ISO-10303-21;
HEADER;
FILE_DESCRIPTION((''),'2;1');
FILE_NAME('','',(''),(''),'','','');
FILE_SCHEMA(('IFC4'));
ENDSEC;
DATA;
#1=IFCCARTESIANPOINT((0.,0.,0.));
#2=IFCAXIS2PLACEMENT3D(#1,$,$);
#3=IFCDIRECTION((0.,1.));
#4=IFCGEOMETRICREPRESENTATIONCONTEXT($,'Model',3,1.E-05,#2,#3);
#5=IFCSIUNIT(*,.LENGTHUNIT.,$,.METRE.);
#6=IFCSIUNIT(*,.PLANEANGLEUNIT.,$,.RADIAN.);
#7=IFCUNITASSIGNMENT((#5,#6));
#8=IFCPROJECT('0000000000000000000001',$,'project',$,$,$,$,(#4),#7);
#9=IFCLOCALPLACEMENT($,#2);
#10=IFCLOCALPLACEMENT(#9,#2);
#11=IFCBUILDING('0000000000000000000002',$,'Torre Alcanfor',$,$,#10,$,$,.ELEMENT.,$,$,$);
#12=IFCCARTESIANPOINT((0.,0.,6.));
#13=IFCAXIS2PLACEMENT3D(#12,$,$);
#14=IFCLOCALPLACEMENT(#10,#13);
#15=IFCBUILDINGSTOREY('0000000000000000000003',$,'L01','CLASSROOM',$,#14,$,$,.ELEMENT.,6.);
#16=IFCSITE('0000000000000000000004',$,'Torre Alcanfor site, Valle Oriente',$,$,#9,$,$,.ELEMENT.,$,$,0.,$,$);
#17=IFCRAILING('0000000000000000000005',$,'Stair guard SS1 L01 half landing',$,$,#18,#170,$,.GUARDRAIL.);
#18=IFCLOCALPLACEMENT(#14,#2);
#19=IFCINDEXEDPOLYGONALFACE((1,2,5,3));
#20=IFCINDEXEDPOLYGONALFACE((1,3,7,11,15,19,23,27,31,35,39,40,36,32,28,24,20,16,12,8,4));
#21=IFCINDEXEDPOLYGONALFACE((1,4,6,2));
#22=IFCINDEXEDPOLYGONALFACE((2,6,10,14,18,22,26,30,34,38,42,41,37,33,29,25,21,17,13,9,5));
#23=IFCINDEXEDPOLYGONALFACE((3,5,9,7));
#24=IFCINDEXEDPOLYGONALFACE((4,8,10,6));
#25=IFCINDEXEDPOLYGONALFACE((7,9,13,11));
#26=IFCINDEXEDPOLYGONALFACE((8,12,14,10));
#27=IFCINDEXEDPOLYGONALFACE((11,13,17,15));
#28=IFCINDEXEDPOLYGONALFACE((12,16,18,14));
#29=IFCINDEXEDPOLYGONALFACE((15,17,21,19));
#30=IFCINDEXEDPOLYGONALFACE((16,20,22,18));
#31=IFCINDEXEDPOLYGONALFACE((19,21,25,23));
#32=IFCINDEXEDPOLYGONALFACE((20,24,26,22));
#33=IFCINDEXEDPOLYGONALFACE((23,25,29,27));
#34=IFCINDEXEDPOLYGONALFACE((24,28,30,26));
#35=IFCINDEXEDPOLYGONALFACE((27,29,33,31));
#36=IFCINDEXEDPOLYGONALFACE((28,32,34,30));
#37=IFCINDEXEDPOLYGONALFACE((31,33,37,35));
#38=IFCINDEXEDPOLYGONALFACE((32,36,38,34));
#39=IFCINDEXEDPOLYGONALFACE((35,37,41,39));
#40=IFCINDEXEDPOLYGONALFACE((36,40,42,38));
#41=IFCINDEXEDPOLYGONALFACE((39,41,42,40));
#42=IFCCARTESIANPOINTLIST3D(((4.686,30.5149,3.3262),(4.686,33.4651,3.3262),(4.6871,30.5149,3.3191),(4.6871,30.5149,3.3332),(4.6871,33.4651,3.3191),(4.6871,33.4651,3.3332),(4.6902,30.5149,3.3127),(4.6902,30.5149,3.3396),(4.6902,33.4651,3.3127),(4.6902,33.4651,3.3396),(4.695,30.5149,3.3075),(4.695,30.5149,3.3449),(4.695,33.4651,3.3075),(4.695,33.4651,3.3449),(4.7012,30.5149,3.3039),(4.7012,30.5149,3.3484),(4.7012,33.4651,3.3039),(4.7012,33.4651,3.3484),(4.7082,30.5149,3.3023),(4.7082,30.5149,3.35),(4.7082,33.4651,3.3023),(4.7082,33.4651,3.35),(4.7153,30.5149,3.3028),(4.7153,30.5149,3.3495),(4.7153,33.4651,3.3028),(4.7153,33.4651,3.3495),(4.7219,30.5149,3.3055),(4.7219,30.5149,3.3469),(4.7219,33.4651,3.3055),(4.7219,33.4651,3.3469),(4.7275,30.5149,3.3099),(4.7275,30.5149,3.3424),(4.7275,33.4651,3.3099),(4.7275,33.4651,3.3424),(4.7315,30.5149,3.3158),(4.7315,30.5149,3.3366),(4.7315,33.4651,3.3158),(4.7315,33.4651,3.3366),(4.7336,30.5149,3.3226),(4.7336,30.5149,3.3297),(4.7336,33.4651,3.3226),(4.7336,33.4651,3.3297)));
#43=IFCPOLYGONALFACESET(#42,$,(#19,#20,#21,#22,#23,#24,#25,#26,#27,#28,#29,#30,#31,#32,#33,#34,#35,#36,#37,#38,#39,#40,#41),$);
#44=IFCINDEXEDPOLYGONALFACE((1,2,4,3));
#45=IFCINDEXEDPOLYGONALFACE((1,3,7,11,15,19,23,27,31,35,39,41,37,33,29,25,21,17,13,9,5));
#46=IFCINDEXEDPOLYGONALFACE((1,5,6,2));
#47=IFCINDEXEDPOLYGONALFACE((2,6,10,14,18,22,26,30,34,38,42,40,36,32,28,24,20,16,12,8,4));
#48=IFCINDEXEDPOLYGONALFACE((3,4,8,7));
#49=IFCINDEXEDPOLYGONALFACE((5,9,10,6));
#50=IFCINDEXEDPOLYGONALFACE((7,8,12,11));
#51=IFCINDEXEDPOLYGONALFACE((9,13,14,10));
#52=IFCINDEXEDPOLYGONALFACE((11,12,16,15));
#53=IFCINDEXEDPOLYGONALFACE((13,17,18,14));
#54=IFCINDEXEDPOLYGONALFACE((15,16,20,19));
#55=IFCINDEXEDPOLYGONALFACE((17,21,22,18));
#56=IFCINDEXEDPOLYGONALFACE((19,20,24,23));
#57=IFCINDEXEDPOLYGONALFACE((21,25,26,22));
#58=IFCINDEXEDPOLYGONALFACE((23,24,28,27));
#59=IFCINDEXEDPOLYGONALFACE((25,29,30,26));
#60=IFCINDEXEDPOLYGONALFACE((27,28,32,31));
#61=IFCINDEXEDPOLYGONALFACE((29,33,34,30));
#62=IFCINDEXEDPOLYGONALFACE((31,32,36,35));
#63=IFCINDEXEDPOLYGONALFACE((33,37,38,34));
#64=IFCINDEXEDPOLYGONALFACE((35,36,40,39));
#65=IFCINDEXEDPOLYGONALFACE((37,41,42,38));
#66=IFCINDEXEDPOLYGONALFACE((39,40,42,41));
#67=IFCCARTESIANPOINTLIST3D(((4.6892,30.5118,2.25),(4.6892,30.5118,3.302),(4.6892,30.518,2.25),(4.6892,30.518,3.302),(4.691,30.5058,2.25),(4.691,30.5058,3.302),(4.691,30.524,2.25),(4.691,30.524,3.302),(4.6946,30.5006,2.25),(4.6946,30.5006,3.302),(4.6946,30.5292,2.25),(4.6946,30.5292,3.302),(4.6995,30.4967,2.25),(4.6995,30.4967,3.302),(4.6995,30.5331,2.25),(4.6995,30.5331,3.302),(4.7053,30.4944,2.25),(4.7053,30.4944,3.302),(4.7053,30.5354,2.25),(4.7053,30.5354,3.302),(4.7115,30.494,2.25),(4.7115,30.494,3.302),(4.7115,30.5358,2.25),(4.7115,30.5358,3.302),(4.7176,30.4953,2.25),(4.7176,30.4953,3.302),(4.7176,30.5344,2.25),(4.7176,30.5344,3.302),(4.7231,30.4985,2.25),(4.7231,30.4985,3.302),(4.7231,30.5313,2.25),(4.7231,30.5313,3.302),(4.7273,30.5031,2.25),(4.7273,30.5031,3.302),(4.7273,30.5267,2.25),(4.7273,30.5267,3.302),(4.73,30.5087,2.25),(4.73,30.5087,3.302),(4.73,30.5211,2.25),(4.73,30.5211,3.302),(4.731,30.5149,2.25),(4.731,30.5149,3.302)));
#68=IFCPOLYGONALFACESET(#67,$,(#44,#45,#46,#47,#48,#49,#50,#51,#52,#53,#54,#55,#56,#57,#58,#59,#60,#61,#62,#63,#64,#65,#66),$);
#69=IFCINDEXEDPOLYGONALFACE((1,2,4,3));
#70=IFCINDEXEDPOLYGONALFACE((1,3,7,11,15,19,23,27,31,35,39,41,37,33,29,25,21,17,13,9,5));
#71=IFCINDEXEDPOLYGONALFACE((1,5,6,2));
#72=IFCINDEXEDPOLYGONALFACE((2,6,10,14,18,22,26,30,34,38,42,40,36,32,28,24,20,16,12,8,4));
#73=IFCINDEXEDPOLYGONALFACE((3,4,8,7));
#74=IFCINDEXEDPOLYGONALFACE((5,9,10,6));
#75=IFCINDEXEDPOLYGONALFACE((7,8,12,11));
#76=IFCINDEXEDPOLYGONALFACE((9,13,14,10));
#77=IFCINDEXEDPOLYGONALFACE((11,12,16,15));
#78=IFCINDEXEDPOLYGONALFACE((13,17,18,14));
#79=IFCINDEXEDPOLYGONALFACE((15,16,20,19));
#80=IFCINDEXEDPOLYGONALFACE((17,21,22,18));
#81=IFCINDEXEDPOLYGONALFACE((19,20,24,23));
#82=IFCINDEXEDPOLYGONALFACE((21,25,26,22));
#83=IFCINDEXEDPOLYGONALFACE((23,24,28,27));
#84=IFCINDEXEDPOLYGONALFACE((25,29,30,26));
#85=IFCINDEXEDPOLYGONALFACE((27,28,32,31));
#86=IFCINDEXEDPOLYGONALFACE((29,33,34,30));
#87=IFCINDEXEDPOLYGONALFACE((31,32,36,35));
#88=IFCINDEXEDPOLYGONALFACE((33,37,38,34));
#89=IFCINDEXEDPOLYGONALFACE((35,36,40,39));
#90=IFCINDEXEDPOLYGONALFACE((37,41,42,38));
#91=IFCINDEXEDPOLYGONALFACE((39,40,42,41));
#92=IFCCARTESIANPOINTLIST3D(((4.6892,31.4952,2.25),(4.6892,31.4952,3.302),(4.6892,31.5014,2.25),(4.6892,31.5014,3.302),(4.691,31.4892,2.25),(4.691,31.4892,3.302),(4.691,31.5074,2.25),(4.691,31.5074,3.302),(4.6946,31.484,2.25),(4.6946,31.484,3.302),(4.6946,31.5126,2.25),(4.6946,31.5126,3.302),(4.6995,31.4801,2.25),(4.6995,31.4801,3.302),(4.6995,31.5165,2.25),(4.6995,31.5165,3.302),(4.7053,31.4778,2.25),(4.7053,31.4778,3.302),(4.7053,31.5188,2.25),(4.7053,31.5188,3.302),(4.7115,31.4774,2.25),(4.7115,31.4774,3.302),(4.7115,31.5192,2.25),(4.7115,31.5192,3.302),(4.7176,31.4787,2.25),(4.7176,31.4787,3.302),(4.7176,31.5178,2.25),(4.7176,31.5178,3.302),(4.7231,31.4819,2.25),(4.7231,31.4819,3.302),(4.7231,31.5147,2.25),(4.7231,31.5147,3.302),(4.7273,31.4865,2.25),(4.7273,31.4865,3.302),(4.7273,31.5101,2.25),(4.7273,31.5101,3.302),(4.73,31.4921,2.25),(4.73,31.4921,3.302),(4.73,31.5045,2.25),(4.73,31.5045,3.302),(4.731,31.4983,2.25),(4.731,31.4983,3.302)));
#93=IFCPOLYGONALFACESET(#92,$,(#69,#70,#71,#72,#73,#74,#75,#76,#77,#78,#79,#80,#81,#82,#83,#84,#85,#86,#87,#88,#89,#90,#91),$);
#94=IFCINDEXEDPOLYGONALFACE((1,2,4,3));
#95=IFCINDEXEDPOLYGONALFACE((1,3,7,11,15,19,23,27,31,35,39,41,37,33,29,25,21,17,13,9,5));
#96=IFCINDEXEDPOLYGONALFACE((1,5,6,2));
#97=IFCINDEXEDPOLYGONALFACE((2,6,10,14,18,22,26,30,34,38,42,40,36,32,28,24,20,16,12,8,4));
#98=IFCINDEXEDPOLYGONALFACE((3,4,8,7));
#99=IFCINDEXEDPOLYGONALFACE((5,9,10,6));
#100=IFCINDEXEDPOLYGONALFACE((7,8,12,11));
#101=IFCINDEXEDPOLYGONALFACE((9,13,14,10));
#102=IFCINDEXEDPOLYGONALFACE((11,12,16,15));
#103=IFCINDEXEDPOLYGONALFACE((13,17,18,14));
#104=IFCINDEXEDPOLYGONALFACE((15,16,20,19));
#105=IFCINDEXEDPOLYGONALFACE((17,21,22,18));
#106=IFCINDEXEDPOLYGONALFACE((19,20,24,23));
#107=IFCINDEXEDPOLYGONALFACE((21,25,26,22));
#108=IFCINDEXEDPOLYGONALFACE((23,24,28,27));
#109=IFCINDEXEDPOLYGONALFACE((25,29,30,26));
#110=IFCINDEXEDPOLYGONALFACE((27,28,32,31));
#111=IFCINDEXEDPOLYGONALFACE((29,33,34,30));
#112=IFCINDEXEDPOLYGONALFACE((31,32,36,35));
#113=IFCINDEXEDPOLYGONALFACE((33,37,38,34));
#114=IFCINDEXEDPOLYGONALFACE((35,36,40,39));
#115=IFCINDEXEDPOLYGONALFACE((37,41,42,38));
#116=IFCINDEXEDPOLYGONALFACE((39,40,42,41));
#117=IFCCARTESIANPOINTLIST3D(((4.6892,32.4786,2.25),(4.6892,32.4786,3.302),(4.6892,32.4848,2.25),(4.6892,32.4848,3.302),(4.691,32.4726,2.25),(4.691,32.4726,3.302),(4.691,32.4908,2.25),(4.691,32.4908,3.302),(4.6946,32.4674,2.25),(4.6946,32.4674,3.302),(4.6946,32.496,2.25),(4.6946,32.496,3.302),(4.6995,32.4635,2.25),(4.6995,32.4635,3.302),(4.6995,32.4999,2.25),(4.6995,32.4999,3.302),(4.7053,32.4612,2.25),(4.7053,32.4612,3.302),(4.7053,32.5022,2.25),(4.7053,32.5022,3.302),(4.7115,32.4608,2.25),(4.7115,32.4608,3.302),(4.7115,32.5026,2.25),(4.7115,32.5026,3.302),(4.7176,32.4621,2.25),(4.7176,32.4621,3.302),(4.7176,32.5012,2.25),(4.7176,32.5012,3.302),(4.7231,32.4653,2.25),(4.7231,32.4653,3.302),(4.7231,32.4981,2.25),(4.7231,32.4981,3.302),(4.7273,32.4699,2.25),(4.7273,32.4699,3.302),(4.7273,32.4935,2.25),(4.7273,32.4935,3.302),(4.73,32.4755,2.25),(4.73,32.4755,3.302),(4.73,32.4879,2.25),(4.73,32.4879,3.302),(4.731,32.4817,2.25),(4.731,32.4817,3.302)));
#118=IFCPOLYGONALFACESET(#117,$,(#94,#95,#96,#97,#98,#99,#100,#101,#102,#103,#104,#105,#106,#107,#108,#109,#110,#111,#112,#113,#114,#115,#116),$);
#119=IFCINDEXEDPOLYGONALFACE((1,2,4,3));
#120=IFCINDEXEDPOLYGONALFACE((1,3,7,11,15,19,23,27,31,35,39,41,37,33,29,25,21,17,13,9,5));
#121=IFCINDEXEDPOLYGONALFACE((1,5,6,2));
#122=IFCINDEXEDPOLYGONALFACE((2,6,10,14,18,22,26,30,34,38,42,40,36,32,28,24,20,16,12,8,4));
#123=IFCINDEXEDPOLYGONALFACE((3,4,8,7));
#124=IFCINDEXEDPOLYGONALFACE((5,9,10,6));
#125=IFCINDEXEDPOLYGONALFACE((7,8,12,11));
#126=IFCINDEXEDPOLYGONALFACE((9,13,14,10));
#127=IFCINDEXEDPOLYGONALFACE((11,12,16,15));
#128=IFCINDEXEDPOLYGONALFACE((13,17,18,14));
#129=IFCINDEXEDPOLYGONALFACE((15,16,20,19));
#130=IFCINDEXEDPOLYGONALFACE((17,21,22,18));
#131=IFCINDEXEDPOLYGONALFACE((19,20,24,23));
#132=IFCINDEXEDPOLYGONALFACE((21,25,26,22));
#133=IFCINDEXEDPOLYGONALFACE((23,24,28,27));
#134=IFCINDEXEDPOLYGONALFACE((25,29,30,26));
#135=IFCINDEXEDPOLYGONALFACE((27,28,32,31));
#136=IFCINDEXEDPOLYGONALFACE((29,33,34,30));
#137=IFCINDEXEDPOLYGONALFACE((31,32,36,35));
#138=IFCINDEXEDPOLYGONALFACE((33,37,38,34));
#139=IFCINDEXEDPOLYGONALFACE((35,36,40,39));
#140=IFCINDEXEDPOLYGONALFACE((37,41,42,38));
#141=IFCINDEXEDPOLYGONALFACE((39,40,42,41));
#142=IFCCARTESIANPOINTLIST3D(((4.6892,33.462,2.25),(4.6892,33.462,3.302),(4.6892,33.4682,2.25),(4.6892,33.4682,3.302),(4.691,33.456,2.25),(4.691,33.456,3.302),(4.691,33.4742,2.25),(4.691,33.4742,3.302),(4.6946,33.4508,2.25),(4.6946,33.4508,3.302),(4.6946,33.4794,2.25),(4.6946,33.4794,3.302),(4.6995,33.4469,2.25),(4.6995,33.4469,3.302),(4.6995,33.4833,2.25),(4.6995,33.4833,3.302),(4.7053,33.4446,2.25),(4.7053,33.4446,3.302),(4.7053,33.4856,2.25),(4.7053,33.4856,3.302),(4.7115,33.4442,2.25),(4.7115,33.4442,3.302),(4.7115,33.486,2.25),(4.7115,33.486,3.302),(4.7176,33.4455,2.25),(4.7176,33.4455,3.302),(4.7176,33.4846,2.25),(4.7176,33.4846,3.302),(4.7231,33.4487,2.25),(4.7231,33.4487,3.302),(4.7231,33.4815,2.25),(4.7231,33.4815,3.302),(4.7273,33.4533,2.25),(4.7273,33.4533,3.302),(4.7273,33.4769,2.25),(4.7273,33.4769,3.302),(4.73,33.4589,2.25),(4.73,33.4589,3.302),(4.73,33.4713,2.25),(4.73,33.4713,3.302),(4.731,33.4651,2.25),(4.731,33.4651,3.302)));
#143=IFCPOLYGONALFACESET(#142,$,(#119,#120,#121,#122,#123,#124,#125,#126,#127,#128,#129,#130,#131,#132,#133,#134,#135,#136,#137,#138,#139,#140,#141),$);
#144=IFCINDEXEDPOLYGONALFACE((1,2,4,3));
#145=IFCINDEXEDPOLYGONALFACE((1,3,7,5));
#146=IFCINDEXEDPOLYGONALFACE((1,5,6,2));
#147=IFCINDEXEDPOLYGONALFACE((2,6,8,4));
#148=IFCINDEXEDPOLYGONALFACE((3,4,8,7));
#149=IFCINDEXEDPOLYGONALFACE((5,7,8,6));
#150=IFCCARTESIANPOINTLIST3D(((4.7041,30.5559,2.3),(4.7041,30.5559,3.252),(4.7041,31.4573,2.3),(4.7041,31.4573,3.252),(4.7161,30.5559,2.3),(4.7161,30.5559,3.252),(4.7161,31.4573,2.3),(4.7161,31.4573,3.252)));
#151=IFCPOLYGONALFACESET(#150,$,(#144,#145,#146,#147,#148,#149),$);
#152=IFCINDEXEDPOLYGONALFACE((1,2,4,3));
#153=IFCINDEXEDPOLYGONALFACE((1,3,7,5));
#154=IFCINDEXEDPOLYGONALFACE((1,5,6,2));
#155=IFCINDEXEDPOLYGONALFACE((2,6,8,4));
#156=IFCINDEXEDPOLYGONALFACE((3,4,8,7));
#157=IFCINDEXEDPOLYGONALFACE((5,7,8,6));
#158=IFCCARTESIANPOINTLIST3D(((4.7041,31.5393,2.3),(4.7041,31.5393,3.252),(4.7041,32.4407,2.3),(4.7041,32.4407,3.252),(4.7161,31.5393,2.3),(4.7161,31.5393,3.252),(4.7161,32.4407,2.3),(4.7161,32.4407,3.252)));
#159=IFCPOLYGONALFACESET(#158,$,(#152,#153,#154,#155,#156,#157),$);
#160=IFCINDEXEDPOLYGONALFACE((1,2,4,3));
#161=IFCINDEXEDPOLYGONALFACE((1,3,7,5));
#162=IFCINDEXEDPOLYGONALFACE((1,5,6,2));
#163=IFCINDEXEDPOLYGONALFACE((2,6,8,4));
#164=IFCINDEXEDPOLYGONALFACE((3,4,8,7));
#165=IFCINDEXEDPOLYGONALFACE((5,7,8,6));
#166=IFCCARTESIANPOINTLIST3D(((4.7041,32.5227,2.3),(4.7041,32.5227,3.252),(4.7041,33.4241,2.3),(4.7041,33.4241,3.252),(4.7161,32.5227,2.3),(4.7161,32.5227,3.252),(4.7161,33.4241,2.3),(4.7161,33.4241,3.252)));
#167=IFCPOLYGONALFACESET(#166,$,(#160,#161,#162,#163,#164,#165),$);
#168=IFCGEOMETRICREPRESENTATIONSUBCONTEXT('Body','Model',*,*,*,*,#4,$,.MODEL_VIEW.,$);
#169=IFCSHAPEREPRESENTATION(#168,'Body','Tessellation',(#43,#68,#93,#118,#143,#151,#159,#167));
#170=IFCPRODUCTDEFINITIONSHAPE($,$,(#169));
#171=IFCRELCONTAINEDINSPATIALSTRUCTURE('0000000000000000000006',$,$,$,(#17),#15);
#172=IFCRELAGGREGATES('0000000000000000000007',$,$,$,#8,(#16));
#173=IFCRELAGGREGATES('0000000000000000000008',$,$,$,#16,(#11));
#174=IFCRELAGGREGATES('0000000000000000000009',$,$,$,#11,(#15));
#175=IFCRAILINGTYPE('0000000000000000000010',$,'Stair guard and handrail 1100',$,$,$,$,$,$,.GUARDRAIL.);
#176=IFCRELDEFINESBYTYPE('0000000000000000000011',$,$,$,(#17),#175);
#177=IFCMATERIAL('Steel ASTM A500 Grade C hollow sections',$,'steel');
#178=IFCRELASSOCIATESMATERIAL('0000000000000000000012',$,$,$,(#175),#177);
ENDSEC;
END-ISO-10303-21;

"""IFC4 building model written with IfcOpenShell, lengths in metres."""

from ifc_helpers import new_model, si_unit, direction, frame, origin, origin_2d, place, context, subcontext, project, spatial, polyline, circle, outline, extrude, material, type_object, element, save


model = new_model("IFC4")

# Units and contexts
model_context = context("Model", 3, precision=1e-05, world=origin(), true_north=direction((0.0, 1.0)))
body_context = subcontext(model_context, "Body", "Model", "MODEL_VIEW")
ifc_project = project(units=[si_unit("LENGTHUNIT", "METRE"), si_unit("PLANEANGLEUNIT", "RADIAN")], contexts=[model_context])

# Site, building, storey
site_placement = place(None, origin())
site = spatial("IfcSite", under=ifc_project, at=site_placement, Name="Torre Alcanfor site, Valle Oriente", CompositionType="ELEMENT", RefElevation=0.0)
building_placement = place(site_placement, origin())
building = spatial("IfcBuilding", under=site, at=building_placement, Name="Torre Alcanfor", CompositionType="ELEMENT")
storey_placement = place(building_placement, frame((0.0, 0.0, 6.0)))
storey = spatial("IfcBuildingStorey", under=building, at=storey_placement, Name="L01", Description="CLASSROOM", CompositionType="ELEMENT", Elevation=6.0)

# Railing
ifc_material_1 = material(Name="Steel ASTM A500 Grade C hollow sections", Category="steel")
railing_type_1 = type_object("IfcRailingType", Name="Stair guard and handrail 1100", PredefinedType="GUARDRAIL", material=ifc_material_1)
railing_1_placement = place(storey_placement, frame((4.71, 30.5149, 2.25)))
element("IfcRailing", 1, at=railing_1_placement, inside=storey, type_object=railing_type_1, Name="Stair guard SS1 L01 half landing", PredefinedType="GUARDRAIL", context=body_context, shape_type="SweptSolid", body=[
    extrude(circle(Radius=0.0239, at=origin_2d()), frame((0.0, 0.0, 1.0762), z_axis=(0.0, 1.0, 0.0), x_axis=(-1.0, 0.0, 0.0)), (0.0, 0.0, 1.0), 2.9502),
    extrude(circle(Radius=0.021, at=origin_2d()), origin(), (0.0, 0.0, 1.0), 1.052),
    extrude(circle(Radius=0.021, at=origin_2d()), frame((0.0, 0.9834, 0.0)), (0.0, 0.0, 1.0), 1.052),
    extrude(circle(Radius=0.021, at=origin_2d()), frame((0.0, 1.9668, 0.0)), (0.0, 0.0, 1.0), 1.052),
    extrude(circle(Radius=0.021, at=origin_2d()), frame((0.0, 2.9502, 0.0)), (0.0, 0.0, 1.0), 1.052),
    extrude(outline(polyline([(0.041, 0.05), (0.9424, 0.05), (0.9424, 1.002), (0.041, 1.002), (0.041, 0.05)])), frame((-0.0059, 0.0, 0.0), z_axis=(1.0, 0.0, 0.0), x_axis=(0.0, 1.0, 0.0)), (0.0, 0.0, 1.0), 0.012),
    extrude(outline(polyline([(1.0244, 0.05), (1.9258, 0.05), (1.9258, 1.002), (1.0244, 1.002), (1.0244, 0.05)])), frame((-0.0059, 0.0, 0.0), z_axis=(1.0, 0.0, 0.0), x_axis=(0.0, 1.0, 0.0)), (0.0, 0.0, 1.0), 0.012),
    extrude(outline(polyline([(2.0078, 0.05), (2.9092, 0.05), (2.9092, 1.002), (2.0078, 1.002), (2.0078, 0.05)])), frame((-0.0059, 0.0, 0.0), z_axis=(1.0, 0.0, 0.0), x_axis=(0.0, 1.0, 0.0)), (0.0, 0.0, 1.0), 0.012),
])

save(model, "model.ifc")
